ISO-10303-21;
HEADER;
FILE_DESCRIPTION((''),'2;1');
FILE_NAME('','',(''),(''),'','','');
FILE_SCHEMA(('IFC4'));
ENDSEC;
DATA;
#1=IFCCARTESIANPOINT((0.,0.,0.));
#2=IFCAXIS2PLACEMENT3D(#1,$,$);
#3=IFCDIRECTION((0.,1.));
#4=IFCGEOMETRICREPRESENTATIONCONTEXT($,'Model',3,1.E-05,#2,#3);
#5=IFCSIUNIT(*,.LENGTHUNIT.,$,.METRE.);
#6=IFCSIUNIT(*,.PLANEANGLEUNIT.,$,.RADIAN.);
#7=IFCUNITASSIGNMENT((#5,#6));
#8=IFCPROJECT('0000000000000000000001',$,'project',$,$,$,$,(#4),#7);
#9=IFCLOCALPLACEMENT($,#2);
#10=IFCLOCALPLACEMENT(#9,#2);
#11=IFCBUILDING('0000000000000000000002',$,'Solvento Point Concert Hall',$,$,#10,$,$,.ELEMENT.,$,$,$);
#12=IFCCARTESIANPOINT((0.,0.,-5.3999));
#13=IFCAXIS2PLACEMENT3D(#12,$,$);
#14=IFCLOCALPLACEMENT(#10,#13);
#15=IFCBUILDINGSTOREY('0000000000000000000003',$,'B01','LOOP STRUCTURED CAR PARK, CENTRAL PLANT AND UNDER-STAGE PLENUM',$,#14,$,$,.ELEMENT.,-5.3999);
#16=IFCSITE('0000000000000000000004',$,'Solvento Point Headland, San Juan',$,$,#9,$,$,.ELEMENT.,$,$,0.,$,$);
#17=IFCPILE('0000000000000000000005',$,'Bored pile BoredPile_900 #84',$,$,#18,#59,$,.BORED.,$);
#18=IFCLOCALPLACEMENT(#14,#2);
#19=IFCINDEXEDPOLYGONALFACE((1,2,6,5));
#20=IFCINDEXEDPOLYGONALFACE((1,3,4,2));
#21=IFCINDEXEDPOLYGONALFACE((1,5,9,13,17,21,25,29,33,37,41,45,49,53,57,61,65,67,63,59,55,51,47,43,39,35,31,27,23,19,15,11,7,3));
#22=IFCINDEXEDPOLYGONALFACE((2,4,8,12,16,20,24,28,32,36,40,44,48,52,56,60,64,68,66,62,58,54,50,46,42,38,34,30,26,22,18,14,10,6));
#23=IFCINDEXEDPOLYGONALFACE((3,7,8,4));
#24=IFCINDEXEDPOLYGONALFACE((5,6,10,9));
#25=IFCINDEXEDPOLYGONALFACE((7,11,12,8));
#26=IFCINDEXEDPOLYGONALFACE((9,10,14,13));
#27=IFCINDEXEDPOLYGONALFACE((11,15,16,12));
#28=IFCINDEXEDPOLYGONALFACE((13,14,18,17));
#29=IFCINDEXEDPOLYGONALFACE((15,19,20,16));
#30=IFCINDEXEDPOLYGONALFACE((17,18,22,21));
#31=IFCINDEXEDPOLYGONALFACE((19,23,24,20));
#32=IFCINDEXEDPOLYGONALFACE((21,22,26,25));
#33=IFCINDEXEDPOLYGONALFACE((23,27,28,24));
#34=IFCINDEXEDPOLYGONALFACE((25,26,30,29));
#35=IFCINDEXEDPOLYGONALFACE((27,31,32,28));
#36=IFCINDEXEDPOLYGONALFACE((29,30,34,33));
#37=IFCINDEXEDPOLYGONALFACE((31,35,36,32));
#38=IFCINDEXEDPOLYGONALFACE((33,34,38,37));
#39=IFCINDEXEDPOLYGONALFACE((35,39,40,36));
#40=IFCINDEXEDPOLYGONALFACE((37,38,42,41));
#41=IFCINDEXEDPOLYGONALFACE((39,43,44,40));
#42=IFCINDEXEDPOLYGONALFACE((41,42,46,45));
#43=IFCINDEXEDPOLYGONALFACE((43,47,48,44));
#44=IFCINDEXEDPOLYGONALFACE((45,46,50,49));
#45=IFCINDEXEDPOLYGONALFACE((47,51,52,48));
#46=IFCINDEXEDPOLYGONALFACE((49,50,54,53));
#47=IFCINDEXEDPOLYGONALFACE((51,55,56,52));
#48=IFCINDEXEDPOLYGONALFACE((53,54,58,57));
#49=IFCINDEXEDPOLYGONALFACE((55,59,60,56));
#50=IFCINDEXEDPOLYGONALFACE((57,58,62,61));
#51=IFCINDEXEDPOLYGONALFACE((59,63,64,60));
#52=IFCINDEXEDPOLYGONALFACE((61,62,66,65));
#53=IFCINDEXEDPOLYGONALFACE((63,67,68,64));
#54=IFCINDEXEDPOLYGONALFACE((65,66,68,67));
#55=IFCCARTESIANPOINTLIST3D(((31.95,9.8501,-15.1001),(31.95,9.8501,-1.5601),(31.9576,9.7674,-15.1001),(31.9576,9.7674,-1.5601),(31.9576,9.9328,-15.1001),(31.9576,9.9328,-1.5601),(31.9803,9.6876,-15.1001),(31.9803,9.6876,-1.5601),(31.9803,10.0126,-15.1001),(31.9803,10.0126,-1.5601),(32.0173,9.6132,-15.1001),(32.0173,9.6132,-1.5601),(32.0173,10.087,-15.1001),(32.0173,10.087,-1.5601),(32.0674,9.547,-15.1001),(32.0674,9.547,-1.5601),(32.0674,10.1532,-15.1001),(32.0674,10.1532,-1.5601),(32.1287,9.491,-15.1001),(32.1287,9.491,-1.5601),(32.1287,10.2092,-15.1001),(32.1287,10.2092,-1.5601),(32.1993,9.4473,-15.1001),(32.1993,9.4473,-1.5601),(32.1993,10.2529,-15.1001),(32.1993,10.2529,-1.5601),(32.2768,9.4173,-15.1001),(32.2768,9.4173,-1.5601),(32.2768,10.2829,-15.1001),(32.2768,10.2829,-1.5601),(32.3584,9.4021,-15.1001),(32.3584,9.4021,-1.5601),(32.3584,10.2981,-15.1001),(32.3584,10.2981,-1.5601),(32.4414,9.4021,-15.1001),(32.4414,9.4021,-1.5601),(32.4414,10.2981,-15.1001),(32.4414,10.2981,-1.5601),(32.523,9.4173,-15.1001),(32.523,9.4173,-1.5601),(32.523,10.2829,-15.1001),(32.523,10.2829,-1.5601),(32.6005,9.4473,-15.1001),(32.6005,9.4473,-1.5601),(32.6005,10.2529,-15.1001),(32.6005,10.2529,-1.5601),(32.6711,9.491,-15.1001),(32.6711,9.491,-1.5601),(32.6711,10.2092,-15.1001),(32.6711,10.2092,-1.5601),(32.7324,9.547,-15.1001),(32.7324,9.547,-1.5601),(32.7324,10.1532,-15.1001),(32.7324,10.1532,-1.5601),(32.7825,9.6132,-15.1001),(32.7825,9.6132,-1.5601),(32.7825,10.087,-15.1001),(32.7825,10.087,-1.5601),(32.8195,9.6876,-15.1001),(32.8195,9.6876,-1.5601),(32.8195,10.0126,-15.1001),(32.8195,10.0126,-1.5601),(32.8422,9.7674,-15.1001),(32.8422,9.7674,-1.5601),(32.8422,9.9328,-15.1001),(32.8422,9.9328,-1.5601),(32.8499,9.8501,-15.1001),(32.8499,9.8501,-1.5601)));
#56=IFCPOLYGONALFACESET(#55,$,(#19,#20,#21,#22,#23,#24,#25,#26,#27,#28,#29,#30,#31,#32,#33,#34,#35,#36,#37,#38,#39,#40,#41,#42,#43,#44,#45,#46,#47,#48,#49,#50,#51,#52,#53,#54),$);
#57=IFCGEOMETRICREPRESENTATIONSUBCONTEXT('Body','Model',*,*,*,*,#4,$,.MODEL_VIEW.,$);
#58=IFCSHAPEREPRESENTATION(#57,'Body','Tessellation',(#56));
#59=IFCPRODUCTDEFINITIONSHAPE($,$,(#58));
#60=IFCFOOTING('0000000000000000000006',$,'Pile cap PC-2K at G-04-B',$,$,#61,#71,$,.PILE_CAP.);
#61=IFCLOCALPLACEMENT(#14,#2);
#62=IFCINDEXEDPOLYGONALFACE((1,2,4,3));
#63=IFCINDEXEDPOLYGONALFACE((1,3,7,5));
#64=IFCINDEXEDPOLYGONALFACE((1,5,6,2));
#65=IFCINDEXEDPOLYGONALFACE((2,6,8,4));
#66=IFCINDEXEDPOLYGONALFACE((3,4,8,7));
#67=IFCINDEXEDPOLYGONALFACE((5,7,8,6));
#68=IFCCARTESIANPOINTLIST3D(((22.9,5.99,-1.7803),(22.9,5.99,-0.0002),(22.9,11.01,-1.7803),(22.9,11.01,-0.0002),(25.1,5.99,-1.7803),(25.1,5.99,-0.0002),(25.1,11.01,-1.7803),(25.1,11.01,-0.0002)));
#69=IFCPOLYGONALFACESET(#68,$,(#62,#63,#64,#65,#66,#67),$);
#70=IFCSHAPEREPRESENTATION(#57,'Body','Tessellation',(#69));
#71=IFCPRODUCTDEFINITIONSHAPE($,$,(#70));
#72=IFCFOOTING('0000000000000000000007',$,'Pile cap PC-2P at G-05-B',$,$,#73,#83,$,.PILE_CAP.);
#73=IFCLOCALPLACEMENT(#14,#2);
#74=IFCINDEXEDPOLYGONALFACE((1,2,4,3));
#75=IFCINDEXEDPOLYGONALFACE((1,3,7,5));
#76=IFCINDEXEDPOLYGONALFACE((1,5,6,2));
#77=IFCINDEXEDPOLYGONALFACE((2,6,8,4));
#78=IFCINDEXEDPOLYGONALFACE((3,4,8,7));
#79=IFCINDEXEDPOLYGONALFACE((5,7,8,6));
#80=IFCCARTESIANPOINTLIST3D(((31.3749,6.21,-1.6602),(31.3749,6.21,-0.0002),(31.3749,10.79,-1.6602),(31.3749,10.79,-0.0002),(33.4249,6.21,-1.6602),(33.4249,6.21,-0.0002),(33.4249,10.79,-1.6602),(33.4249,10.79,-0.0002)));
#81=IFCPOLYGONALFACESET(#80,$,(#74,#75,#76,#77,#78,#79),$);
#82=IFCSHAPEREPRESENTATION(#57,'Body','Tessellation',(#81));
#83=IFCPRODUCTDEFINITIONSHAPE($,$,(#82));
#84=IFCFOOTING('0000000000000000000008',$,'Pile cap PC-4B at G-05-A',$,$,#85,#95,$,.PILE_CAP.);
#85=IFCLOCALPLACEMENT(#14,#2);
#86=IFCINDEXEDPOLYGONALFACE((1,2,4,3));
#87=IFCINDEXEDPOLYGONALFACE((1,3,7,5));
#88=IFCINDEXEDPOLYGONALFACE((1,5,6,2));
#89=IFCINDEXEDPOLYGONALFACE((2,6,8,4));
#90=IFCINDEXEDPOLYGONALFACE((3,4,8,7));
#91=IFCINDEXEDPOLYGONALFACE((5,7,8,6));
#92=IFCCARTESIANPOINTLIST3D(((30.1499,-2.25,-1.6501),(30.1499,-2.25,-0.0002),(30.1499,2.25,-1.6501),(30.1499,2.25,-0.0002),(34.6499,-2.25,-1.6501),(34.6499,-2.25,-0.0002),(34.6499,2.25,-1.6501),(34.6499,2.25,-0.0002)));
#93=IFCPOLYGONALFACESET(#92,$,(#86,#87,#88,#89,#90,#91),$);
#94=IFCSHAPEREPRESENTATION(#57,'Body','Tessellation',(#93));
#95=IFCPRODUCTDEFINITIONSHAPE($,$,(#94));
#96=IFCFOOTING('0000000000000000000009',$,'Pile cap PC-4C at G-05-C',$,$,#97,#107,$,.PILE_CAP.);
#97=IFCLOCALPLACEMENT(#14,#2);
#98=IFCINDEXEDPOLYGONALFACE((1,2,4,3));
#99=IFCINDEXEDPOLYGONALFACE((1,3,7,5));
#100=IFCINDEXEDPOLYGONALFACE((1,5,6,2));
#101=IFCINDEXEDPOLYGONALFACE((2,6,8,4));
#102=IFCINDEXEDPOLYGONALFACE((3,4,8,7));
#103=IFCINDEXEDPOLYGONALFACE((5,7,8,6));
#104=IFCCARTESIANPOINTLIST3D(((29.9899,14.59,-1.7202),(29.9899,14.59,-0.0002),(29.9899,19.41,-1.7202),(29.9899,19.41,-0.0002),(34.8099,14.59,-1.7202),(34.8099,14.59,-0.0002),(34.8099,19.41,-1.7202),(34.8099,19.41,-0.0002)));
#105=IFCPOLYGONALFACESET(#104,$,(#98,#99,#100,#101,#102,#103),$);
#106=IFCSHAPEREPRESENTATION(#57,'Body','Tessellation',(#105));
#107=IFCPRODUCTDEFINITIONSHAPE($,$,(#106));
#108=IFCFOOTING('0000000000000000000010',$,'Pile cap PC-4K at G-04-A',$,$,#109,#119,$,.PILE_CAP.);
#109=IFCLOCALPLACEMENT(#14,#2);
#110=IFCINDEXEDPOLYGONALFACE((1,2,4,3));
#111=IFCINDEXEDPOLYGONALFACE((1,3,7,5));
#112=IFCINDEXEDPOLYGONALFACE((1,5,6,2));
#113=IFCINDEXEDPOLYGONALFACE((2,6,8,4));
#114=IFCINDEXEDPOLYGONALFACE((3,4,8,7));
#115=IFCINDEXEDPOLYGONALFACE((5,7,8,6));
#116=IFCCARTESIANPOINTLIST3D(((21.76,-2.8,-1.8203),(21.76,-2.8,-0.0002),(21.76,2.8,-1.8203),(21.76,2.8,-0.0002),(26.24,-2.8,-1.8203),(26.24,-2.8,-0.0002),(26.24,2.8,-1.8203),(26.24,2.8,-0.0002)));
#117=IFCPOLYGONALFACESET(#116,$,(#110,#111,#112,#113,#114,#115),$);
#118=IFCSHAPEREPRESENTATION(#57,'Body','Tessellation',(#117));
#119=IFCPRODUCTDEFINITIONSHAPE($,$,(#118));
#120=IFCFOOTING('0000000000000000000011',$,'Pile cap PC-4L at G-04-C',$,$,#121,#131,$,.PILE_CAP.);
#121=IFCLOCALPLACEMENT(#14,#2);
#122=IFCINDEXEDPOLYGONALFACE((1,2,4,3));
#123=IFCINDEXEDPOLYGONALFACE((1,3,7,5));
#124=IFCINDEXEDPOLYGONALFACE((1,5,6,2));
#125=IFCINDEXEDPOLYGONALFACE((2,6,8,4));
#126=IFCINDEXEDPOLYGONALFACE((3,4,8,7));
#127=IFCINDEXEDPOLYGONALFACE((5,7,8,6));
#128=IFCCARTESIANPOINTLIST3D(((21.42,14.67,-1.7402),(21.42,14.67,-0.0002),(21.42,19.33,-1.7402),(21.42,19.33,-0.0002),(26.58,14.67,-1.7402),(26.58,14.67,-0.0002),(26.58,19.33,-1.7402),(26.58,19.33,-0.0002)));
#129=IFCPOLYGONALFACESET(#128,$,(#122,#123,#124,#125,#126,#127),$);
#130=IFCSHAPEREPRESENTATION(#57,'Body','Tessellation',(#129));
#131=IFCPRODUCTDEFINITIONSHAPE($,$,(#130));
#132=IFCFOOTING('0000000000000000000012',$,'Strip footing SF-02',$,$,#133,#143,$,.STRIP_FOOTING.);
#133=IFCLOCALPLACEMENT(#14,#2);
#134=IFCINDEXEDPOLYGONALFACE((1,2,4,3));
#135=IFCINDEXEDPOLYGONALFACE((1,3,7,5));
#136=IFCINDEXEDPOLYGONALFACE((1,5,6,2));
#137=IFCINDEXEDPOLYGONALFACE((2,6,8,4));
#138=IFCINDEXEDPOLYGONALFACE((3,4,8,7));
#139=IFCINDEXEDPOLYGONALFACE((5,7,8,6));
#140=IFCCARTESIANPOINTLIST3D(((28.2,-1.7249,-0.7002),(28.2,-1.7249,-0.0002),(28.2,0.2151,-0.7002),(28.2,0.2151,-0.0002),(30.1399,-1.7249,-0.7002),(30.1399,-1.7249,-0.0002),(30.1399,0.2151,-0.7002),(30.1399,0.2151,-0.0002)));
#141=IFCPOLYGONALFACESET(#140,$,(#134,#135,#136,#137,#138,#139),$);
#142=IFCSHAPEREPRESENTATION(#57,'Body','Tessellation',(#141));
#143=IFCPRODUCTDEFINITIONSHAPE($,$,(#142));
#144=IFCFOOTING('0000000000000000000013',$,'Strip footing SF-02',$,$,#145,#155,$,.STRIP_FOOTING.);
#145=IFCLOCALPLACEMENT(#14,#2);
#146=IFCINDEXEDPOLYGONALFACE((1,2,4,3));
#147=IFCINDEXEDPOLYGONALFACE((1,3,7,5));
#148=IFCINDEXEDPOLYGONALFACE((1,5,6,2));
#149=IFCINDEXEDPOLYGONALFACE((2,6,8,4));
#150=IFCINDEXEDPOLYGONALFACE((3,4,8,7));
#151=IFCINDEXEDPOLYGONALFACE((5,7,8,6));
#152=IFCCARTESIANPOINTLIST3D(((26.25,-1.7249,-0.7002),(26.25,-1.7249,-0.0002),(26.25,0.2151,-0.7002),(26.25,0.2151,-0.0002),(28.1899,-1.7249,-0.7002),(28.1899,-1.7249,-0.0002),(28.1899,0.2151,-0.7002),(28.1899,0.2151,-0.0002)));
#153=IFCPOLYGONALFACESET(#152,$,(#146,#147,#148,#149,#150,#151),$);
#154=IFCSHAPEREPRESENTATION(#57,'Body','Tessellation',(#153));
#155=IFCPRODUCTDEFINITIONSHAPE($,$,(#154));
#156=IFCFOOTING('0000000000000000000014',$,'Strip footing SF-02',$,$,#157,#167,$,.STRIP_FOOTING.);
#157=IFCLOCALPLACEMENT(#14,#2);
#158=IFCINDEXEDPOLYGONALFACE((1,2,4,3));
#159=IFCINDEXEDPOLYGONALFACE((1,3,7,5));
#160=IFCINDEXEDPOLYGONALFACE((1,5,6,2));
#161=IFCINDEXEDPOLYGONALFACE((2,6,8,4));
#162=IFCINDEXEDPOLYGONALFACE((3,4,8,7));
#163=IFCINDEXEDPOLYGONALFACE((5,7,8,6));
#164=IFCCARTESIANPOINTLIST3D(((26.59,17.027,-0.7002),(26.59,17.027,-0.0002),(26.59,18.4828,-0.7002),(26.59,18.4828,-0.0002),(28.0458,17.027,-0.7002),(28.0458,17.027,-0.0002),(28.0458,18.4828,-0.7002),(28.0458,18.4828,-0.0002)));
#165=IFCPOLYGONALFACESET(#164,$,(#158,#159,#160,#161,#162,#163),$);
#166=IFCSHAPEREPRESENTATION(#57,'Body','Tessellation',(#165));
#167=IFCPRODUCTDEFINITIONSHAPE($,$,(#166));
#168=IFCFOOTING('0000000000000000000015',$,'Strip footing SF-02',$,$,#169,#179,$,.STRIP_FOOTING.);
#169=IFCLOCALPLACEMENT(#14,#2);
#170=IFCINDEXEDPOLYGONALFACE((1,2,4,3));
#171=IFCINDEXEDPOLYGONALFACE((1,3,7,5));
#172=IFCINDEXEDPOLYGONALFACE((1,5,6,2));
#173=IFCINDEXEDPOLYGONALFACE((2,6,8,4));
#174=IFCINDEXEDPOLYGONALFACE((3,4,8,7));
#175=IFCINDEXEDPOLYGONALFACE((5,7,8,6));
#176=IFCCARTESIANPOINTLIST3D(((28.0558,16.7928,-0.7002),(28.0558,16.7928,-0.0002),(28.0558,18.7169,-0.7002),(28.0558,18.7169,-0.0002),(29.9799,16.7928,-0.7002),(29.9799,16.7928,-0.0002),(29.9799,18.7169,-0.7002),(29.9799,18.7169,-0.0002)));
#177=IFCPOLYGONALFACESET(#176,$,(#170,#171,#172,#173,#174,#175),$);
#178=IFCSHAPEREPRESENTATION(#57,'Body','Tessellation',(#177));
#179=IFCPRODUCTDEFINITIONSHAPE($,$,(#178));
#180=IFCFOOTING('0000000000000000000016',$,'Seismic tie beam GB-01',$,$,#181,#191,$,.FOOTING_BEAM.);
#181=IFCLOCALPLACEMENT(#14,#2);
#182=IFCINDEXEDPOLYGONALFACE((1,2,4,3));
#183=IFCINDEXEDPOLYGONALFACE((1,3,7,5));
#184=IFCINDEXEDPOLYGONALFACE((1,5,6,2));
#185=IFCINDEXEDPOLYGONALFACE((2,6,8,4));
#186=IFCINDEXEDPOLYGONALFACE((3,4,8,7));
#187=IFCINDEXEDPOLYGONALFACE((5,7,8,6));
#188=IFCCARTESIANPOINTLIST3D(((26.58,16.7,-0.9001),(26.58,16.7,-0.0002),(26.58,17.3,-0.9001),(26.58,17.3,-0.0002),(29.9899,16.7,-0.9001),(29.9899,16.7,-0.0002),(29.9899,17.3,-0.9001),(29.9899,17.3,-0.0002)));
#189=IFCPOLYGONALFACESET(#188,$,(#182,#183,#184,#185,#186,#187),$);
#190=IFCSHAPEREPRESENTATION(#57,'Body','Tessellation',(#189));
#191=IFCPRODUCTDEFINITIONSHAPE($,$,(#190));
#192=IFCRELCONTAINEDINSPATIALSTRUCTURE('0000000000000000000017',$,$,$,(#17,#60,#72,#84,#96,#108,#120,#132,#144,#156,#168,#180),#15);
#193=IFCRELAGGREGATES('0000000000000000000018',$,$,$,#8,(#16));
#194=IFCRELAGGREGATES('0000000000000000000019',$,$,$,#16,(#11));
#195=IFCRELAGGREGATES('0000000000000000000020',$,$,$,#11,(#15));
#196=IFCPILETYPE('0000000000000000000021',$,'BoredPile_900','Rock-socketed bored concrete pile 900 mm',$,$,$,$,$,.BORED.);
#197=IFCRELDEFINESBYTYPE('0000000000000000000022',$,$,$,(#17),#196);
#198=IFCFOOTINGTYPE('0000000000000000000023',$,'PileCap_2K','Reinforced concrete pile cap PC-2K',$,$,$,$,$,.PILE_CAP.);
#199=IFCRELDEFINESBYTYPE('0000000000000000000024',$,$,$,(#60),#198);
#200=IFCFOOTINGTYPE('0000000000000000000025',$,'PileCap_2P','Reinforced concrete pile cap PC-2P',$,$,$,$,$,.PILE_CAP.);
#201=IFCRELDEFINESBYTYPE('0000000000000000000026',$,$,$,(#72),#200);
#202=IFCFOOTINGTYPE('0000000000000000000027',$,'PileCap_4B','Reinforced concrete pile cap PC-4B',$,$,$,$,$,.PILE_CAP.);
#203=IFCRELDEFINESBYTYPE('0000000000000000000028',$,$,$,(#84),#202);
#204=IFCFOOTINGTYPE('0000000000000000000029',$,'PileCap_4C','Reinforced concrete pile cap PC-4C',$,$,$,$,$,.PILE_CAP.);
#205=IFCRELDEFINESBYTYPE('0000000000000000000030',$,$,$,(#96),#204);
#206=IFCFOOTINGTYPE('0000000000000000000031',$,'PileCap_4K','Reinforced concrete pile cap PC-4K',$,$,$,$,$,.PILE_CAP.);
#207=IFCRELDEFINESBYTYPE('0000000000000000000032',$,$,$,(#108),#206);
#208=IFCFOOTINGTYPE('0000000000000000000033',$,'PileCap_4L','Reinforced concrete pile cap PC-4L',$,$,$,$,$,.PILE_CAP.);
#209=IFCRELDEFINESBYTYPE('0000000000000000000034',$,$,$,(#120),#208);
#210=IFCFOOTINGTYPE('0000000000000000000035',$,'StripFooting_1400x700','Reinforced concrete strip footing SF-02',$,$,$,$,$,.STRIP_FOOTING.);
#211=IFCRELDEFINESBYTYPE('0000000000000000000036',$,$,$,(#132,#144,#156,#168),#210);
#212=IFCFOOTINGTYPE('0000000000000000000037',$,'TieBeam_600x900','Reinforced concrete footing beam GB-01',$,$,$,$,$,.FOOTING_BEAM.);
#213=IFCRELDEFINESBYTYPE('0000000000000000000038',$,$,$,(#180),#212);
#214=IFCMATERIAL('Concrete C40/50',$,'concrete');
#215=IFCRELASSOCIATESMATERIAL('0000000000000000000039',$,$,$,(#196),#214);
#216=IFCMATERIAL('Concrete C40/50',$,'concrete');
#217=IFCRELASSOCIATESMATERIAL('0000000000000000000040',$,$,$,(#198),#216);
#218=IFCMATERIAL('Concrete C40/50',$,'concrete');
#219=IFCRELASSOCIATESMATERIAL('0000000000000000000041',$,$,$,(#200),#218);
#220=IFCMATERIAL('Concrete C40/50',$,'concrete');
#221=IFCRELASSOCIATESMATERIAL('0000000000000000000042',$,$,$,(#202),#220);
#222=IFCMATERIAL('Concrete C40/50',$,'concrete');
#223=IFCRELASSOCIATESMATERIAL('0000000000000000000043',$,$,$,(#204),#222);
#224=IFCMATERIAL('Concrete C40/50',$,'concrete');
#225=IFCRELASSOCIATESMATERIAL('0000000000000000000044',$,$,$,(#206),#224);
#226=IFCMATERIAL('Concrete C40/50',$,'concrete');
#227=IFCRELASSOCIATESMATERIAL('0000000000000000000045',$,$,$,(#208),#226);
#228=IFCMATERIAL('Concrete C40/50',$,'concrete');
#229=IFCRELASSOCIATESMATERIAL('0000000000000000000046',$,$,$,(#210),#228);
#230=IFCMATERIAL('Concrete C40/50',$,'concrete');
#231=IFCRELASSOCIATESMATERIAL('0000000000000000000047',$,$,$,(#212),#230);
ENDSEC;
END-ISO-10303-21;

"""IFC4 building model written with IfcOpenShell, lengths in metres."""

from ifc_helpers import new_model, si_unit, direction, frame, origin, origin_2d, place, context, subcontext, project, spatial, rectangle, circle, extrude, material, material_profile, profile_set, type_object, element, save


model = new_model("IFC4")

# Units and contexts
model_context = context("Model", 3, precision=1e-05, world=origin(), true_north=direction((0.0, 1.0)))
body_context = subcontext(model_context, "Body", "Model", "MODEL_VIEW")
ifc_project = project(units=[si_unit("LENGTHUNIT", "METRE"), si_unit("PLANEANGLEUNIT", "RADIAN")], contexts=[model_context])

# Site, building, storey
site_placement = place(None, origin())
site = spatial("IfcSite", under=ifc_project, at=site_placement, Name="Solvento Point Headland, San Juan", CompositionType="ELEMENT", RefElevation=0.0)
building_placement = place(site_placement, origin())
building = spatial("IfcBuilding", under=site, at=building_placement, Name="Solvento Point Concert Hall", CompositionType="ELEMENT")
storey_placement = place(building_placement, frame((0.0, 0.0, -5.3999)))
storey = spatial("IfcBuildingStorey", under=building, at=storey_placement, Name="B01", Description="LOOP STRUCTURED CAR PARK, CENTRAL PLANT AND UNDER-STAGE PLENUM", CompositionType="ELEMENT", Elevation=-5.3999)

# Pile
ifc_material_1 = material(Name="Concrete C40/50", Category="concrete")
ifc_material_profile_1 = material_profile(ifc_material_1, circle(Radius=0.45, at=origin_2d()), Name="BP-900")
ifc_profile_set_1 = profile_set([ifc_material_profile_1], Name="Concrete C40/50")
pile_type_1 = type_object("IfcPileType", Name="BoredPile_900", Description="Rock-socketed bored concrete pile 900 mm", PredefinedType="BORED", material=ifc_profile_set_1)
for number, where, z_axis, x_axis, name in (
    (1, (32.3999, 9.8501, -1.5601), (0.0, 0.0, -1.0), (1.0, 0.0, 0.0), "Bored pile BoredPile_900 #84"),
):
    element("IfcPile", number, at=place(storey_placement, frame(where, z_axis=z_axis, x_axis=x_axis)), inside=storey, type_object=pile_type_1, Name=name, PredefinedType="BORED", context=body_context, shape_type="SweptSolid", body=[
        extrude(circle(Radius=0.45, at=origin_2d()), origin(), (0.0, 0.0, 1.0), 13.54),
    ])

# Footings
ifc_material_2 = material(Name="Concrete C40/50", Category="concrete")
footing_type_1 = type_object("IfcFootingType", Name="PileCap_2K", Description="Reinforced concrete pile cap PC-2K", PredefinedType="PILE_CAP", material=ifc_material_2)
footing_1_placement = place(storey_placement, frame((24.0, 8.5, -1.7803), z_axis=(0.0, 0.0, 1.0), x_axis=(1.0, 0.0, 0.0)))
element("IfcFooting", 2, at=footing_1_placement, inside=storey, type_object=footing_type_1, Name="Pile cap PC-2K at G-04-B", PredefinedType="PILE_CAP", context=body_context, shape_type="SweptSolid", body=[
    extrude(rectangle(XDim=2.2, YDim=5.02, at=origin_2d()), origin(), (0.0, 0.0, 1.0), 1.78),
])
ifc_material_3 = material(Name="Concrete C40/50", Category="concrete")
footing_type_2 = type_object("IfcFootingType", Name="PileCap_2P", Description="Reinforced concrete pile cap PC-2P", PredefinedType="PILE_CAP", material=ifc_material_3)
footing_2_placement = place(storey_placement, frame((32.3999, 8.5, -1.6602), z_axis=(0.0, 0.0, 1.0), x_axis=(1.0, 0.0, 0.0)))
element("IfcFooting", 3, at=footing_2_placement, inside=storey, type_object=footing_type_2, Name="Pile cap PC-2P at G-05-B", PredefinedType="PILE_CAP", context=body_context, shape_type="SweptSolid", body=[
    extrude(rectangle(XDim=2.05, YDim=4.5801, at=origin_2d()), origin(), (0.0, 0.0, 1.0), 1.6599),
])
ifc_material_4 = material(Name="Concrete C40/50", Category="concrete")
footing_type_3 = type_object("IfcFootingType", Name="PileCap_4B", Description="Reinforced concrete pile cap PC-4B", PredefinedType="PILE_CAP", material=ifc_material_4)
footing_3_placement = place(storey_placement, frame((32.3999, 0.0, -1.6501), z_axis=(0.0, 0.0, 1.0), x_axis=(1.0, 0.0, 0.0)))
element("IfcFooting", 4, at=footing_3_placement, inside=storey, type_object=footing_type_3, Name="Pile cap PC-4B at G-05-A", PredefinedType="PILE_CAP", context=body_context, shape_type="SweptSolid", body=[
    extrude(rectangle(XDim=4.5, YDim=4.5, at=origin_2d()), origin(), (0.0, 0.0, 1.0), 1.6499),
])
ifc_material_5 = material(Name="Concrete C40/50", Category="concrete")
footing_type_4 = type_object("IfcFootingType", Name="PileCap_4C", Description="Reinforced concrete pile cap PC-4C", PredefinedType="PILE_CAP", material=ifc_material_5)
footing_4_placement = place(storey_placement, frame((32.3999, 17.0, -1.7202), z_axis=(0.0, 0.0, 1.0), x_axis=(1.0, 0.0, 0.0)))
element("IfcFooting", 5, at=footing_4_placement, inside=storey, type_object=footing_type_4, Name="Pile cap PC-4C at G-05-C", PredefinedType="PILE_CAP", context=body_context, shape_type="SweptSolid", body=[
    extrude(rectangle(XDim=4.8201, YDim=4.8201, at=origin_2d()), origin(), (0.0, 0.0, 1.0), 1.72),
])
ifc_material_6 = material(Name="Concrete C40/50", Category="concrete")
footing_type_5 = type_object("IfcFootingType", Name="PileCap_4K", Description="Reinforced concrete pile cap PC-4K", PredefinedType="PILE_CAP", material=ifc_material_6)
footing_5_placement = place(storey_placement, frame((24.0, 0.0, -1.8203), z_axis=(0.0, 0.0, 1.0), x_axis=(1.0, 0.0, 0.0)))
element("IfcFooting", 6, at=footing_5_placement, inside=storey, type_object=footing_type_5, Name="Pile cap PC-4K at G-04-A", PredefinedType="PILE_CAP", context=body_context, shape_type="SweptSolid", body=[
    extrude(rectangle(XDim=4.48, YDim=5.6001, at=origin_2d()), origin(), (0.0, 0.0, 1.0), 1.8201),
])
ifc_material_7 = material(Name="Concrete C40/50", Category="concrete")
footing_type_6 = type_object("IfcFootingType", Name="PileCap_4L", Description="Reinforced concrete pile cap PC-4L", PredefinedType="PILE_CAP", material=ifc_material_7)
footing_6_placement = place(storey_placement, frame((24.0, 17.0, -1.7402), z_axis=(0.0, 0.0, 1.0), x_axis=(1.0, 0.0, 0.0)))
element("IfcFooting", 7, at=footing_6_placement, inside=storey, type_object=footing_type_6, Name="Pile cap PC-4L at G-04-C", PredefinedType="PILE_CAP", context=body_context, shape_type="SweptSolid", body=[
    extrude(rectangle(XDim=5.1599, YDim=4.6599, at=origin_2d()), origin(), (0.0, 0.0, 1.0), 1.74),
])
ifc_material_8 = material(Name="Concrete C40/50", Category="concrete")
footing_type_7 = type_object("IfcFootingType", Name="StripFooting_1400x700", Description="Reinforced concrete strip footing SF-02", PredefinedType="STRIP_FOOTING", material=ifc_material_8)
for number, where, z_axis, x_axis, name in (
    (8, (29.1699, -0.7549, -0.7002), (0.0, 0.0, 1.0), (-1.0, 0.0, 0.0), "Strip footing SF-02"),
    (9, (27.22, -0.7549, -0.7002), (0.0, 0.0, 1.0), (-1.0, 0.0, 0.0), "Strip footing SF-02"),
):
    element("IfcFooting", number, at=place(storey_placement, frame(where, z_axis=z_axis, x_axis=x_axis)), inside=storey, type_object=footing_type_7, Name=name, PredefinedType="STRIP_FOOTING", context=body_context, shape_type="SweptSolid", body=[
        extrude(rectangle(XDim=1.9399, YDim=1.9399, at=origin_2d()), origin(), (0.0, 0.0, 1.0), 0.7),
    ])
footing_7_placement = place(storey_placement, frame((27.3179, 17.7549, -0.7002), z_axis=(0.0, 0.0, 1.0), x_axis=(1.0, 0.0, 0.0)))
element("IfcFooting", 10, at=footing_7_placement, inside=storey, type_object=footing_type_7, Name="Strip footing SF-02", PredefinedType="STRIP_FOOTING", context=body_context, shape_type="SweptSolid", body=[
    extrude(rectangle(XDim=1.4558, YDim=1.4558, at=origin_2d()), origin(), (0.0, 0.0, 1.0), 0.7),
])
footing_8_placement = place(storey_placement, frame((29.0178, 17.7549, -0.7002), z_axis=(0.0, 0.0, 1.0), x_axis=(1.0, 0.0, 0.0)))
element("IfcFooting", 11, at=footing_8_placement, inside=storey, type_object=footing_type_7, Name="Strip footing SF-02", PredefinedType="STRIP_FOOTING", context=body_context, shape_type="SweptSolid", body=[
    extrude(rectangle(XDim=1.9241, YDim=1.9241, at=origin_2d()), origin(), (0.0, 0.0, 1.0), 0.7),
])
ifc_material_9 = material(Name="Concrete C40/50", Category="concrete")
footing_type_8 = type_object("IfcFootingType", Name="TieBeam_600x900", Description="Reinforced concrete footing beam GB-01", PredefinedType="FOOTING_BEAM", material=ifc_material_9)
footing_9_placement = place(storey_placement, frame((28.2849, 17.0, -0.9001), z_axis=(0.0, 0.0, 1.0), x_axis=(1.0, 0.0, 0.0)))
element("IfcFooting", 12, at=footing_9_placement, inside=storey, type_object=footing_type_8, Name="Seismic tie beam GB-01", PredefinedType="FOOTING_BEAM", context=body_context, shape_type="SweptSolid", body=[
    extrude(rectangle(XDim=3.4099, YDim=0.6001, at=origin_2d()), origin(), (0.0, 0.0, 1.0), 0.8999),
])

save(model, "model.ifc")
